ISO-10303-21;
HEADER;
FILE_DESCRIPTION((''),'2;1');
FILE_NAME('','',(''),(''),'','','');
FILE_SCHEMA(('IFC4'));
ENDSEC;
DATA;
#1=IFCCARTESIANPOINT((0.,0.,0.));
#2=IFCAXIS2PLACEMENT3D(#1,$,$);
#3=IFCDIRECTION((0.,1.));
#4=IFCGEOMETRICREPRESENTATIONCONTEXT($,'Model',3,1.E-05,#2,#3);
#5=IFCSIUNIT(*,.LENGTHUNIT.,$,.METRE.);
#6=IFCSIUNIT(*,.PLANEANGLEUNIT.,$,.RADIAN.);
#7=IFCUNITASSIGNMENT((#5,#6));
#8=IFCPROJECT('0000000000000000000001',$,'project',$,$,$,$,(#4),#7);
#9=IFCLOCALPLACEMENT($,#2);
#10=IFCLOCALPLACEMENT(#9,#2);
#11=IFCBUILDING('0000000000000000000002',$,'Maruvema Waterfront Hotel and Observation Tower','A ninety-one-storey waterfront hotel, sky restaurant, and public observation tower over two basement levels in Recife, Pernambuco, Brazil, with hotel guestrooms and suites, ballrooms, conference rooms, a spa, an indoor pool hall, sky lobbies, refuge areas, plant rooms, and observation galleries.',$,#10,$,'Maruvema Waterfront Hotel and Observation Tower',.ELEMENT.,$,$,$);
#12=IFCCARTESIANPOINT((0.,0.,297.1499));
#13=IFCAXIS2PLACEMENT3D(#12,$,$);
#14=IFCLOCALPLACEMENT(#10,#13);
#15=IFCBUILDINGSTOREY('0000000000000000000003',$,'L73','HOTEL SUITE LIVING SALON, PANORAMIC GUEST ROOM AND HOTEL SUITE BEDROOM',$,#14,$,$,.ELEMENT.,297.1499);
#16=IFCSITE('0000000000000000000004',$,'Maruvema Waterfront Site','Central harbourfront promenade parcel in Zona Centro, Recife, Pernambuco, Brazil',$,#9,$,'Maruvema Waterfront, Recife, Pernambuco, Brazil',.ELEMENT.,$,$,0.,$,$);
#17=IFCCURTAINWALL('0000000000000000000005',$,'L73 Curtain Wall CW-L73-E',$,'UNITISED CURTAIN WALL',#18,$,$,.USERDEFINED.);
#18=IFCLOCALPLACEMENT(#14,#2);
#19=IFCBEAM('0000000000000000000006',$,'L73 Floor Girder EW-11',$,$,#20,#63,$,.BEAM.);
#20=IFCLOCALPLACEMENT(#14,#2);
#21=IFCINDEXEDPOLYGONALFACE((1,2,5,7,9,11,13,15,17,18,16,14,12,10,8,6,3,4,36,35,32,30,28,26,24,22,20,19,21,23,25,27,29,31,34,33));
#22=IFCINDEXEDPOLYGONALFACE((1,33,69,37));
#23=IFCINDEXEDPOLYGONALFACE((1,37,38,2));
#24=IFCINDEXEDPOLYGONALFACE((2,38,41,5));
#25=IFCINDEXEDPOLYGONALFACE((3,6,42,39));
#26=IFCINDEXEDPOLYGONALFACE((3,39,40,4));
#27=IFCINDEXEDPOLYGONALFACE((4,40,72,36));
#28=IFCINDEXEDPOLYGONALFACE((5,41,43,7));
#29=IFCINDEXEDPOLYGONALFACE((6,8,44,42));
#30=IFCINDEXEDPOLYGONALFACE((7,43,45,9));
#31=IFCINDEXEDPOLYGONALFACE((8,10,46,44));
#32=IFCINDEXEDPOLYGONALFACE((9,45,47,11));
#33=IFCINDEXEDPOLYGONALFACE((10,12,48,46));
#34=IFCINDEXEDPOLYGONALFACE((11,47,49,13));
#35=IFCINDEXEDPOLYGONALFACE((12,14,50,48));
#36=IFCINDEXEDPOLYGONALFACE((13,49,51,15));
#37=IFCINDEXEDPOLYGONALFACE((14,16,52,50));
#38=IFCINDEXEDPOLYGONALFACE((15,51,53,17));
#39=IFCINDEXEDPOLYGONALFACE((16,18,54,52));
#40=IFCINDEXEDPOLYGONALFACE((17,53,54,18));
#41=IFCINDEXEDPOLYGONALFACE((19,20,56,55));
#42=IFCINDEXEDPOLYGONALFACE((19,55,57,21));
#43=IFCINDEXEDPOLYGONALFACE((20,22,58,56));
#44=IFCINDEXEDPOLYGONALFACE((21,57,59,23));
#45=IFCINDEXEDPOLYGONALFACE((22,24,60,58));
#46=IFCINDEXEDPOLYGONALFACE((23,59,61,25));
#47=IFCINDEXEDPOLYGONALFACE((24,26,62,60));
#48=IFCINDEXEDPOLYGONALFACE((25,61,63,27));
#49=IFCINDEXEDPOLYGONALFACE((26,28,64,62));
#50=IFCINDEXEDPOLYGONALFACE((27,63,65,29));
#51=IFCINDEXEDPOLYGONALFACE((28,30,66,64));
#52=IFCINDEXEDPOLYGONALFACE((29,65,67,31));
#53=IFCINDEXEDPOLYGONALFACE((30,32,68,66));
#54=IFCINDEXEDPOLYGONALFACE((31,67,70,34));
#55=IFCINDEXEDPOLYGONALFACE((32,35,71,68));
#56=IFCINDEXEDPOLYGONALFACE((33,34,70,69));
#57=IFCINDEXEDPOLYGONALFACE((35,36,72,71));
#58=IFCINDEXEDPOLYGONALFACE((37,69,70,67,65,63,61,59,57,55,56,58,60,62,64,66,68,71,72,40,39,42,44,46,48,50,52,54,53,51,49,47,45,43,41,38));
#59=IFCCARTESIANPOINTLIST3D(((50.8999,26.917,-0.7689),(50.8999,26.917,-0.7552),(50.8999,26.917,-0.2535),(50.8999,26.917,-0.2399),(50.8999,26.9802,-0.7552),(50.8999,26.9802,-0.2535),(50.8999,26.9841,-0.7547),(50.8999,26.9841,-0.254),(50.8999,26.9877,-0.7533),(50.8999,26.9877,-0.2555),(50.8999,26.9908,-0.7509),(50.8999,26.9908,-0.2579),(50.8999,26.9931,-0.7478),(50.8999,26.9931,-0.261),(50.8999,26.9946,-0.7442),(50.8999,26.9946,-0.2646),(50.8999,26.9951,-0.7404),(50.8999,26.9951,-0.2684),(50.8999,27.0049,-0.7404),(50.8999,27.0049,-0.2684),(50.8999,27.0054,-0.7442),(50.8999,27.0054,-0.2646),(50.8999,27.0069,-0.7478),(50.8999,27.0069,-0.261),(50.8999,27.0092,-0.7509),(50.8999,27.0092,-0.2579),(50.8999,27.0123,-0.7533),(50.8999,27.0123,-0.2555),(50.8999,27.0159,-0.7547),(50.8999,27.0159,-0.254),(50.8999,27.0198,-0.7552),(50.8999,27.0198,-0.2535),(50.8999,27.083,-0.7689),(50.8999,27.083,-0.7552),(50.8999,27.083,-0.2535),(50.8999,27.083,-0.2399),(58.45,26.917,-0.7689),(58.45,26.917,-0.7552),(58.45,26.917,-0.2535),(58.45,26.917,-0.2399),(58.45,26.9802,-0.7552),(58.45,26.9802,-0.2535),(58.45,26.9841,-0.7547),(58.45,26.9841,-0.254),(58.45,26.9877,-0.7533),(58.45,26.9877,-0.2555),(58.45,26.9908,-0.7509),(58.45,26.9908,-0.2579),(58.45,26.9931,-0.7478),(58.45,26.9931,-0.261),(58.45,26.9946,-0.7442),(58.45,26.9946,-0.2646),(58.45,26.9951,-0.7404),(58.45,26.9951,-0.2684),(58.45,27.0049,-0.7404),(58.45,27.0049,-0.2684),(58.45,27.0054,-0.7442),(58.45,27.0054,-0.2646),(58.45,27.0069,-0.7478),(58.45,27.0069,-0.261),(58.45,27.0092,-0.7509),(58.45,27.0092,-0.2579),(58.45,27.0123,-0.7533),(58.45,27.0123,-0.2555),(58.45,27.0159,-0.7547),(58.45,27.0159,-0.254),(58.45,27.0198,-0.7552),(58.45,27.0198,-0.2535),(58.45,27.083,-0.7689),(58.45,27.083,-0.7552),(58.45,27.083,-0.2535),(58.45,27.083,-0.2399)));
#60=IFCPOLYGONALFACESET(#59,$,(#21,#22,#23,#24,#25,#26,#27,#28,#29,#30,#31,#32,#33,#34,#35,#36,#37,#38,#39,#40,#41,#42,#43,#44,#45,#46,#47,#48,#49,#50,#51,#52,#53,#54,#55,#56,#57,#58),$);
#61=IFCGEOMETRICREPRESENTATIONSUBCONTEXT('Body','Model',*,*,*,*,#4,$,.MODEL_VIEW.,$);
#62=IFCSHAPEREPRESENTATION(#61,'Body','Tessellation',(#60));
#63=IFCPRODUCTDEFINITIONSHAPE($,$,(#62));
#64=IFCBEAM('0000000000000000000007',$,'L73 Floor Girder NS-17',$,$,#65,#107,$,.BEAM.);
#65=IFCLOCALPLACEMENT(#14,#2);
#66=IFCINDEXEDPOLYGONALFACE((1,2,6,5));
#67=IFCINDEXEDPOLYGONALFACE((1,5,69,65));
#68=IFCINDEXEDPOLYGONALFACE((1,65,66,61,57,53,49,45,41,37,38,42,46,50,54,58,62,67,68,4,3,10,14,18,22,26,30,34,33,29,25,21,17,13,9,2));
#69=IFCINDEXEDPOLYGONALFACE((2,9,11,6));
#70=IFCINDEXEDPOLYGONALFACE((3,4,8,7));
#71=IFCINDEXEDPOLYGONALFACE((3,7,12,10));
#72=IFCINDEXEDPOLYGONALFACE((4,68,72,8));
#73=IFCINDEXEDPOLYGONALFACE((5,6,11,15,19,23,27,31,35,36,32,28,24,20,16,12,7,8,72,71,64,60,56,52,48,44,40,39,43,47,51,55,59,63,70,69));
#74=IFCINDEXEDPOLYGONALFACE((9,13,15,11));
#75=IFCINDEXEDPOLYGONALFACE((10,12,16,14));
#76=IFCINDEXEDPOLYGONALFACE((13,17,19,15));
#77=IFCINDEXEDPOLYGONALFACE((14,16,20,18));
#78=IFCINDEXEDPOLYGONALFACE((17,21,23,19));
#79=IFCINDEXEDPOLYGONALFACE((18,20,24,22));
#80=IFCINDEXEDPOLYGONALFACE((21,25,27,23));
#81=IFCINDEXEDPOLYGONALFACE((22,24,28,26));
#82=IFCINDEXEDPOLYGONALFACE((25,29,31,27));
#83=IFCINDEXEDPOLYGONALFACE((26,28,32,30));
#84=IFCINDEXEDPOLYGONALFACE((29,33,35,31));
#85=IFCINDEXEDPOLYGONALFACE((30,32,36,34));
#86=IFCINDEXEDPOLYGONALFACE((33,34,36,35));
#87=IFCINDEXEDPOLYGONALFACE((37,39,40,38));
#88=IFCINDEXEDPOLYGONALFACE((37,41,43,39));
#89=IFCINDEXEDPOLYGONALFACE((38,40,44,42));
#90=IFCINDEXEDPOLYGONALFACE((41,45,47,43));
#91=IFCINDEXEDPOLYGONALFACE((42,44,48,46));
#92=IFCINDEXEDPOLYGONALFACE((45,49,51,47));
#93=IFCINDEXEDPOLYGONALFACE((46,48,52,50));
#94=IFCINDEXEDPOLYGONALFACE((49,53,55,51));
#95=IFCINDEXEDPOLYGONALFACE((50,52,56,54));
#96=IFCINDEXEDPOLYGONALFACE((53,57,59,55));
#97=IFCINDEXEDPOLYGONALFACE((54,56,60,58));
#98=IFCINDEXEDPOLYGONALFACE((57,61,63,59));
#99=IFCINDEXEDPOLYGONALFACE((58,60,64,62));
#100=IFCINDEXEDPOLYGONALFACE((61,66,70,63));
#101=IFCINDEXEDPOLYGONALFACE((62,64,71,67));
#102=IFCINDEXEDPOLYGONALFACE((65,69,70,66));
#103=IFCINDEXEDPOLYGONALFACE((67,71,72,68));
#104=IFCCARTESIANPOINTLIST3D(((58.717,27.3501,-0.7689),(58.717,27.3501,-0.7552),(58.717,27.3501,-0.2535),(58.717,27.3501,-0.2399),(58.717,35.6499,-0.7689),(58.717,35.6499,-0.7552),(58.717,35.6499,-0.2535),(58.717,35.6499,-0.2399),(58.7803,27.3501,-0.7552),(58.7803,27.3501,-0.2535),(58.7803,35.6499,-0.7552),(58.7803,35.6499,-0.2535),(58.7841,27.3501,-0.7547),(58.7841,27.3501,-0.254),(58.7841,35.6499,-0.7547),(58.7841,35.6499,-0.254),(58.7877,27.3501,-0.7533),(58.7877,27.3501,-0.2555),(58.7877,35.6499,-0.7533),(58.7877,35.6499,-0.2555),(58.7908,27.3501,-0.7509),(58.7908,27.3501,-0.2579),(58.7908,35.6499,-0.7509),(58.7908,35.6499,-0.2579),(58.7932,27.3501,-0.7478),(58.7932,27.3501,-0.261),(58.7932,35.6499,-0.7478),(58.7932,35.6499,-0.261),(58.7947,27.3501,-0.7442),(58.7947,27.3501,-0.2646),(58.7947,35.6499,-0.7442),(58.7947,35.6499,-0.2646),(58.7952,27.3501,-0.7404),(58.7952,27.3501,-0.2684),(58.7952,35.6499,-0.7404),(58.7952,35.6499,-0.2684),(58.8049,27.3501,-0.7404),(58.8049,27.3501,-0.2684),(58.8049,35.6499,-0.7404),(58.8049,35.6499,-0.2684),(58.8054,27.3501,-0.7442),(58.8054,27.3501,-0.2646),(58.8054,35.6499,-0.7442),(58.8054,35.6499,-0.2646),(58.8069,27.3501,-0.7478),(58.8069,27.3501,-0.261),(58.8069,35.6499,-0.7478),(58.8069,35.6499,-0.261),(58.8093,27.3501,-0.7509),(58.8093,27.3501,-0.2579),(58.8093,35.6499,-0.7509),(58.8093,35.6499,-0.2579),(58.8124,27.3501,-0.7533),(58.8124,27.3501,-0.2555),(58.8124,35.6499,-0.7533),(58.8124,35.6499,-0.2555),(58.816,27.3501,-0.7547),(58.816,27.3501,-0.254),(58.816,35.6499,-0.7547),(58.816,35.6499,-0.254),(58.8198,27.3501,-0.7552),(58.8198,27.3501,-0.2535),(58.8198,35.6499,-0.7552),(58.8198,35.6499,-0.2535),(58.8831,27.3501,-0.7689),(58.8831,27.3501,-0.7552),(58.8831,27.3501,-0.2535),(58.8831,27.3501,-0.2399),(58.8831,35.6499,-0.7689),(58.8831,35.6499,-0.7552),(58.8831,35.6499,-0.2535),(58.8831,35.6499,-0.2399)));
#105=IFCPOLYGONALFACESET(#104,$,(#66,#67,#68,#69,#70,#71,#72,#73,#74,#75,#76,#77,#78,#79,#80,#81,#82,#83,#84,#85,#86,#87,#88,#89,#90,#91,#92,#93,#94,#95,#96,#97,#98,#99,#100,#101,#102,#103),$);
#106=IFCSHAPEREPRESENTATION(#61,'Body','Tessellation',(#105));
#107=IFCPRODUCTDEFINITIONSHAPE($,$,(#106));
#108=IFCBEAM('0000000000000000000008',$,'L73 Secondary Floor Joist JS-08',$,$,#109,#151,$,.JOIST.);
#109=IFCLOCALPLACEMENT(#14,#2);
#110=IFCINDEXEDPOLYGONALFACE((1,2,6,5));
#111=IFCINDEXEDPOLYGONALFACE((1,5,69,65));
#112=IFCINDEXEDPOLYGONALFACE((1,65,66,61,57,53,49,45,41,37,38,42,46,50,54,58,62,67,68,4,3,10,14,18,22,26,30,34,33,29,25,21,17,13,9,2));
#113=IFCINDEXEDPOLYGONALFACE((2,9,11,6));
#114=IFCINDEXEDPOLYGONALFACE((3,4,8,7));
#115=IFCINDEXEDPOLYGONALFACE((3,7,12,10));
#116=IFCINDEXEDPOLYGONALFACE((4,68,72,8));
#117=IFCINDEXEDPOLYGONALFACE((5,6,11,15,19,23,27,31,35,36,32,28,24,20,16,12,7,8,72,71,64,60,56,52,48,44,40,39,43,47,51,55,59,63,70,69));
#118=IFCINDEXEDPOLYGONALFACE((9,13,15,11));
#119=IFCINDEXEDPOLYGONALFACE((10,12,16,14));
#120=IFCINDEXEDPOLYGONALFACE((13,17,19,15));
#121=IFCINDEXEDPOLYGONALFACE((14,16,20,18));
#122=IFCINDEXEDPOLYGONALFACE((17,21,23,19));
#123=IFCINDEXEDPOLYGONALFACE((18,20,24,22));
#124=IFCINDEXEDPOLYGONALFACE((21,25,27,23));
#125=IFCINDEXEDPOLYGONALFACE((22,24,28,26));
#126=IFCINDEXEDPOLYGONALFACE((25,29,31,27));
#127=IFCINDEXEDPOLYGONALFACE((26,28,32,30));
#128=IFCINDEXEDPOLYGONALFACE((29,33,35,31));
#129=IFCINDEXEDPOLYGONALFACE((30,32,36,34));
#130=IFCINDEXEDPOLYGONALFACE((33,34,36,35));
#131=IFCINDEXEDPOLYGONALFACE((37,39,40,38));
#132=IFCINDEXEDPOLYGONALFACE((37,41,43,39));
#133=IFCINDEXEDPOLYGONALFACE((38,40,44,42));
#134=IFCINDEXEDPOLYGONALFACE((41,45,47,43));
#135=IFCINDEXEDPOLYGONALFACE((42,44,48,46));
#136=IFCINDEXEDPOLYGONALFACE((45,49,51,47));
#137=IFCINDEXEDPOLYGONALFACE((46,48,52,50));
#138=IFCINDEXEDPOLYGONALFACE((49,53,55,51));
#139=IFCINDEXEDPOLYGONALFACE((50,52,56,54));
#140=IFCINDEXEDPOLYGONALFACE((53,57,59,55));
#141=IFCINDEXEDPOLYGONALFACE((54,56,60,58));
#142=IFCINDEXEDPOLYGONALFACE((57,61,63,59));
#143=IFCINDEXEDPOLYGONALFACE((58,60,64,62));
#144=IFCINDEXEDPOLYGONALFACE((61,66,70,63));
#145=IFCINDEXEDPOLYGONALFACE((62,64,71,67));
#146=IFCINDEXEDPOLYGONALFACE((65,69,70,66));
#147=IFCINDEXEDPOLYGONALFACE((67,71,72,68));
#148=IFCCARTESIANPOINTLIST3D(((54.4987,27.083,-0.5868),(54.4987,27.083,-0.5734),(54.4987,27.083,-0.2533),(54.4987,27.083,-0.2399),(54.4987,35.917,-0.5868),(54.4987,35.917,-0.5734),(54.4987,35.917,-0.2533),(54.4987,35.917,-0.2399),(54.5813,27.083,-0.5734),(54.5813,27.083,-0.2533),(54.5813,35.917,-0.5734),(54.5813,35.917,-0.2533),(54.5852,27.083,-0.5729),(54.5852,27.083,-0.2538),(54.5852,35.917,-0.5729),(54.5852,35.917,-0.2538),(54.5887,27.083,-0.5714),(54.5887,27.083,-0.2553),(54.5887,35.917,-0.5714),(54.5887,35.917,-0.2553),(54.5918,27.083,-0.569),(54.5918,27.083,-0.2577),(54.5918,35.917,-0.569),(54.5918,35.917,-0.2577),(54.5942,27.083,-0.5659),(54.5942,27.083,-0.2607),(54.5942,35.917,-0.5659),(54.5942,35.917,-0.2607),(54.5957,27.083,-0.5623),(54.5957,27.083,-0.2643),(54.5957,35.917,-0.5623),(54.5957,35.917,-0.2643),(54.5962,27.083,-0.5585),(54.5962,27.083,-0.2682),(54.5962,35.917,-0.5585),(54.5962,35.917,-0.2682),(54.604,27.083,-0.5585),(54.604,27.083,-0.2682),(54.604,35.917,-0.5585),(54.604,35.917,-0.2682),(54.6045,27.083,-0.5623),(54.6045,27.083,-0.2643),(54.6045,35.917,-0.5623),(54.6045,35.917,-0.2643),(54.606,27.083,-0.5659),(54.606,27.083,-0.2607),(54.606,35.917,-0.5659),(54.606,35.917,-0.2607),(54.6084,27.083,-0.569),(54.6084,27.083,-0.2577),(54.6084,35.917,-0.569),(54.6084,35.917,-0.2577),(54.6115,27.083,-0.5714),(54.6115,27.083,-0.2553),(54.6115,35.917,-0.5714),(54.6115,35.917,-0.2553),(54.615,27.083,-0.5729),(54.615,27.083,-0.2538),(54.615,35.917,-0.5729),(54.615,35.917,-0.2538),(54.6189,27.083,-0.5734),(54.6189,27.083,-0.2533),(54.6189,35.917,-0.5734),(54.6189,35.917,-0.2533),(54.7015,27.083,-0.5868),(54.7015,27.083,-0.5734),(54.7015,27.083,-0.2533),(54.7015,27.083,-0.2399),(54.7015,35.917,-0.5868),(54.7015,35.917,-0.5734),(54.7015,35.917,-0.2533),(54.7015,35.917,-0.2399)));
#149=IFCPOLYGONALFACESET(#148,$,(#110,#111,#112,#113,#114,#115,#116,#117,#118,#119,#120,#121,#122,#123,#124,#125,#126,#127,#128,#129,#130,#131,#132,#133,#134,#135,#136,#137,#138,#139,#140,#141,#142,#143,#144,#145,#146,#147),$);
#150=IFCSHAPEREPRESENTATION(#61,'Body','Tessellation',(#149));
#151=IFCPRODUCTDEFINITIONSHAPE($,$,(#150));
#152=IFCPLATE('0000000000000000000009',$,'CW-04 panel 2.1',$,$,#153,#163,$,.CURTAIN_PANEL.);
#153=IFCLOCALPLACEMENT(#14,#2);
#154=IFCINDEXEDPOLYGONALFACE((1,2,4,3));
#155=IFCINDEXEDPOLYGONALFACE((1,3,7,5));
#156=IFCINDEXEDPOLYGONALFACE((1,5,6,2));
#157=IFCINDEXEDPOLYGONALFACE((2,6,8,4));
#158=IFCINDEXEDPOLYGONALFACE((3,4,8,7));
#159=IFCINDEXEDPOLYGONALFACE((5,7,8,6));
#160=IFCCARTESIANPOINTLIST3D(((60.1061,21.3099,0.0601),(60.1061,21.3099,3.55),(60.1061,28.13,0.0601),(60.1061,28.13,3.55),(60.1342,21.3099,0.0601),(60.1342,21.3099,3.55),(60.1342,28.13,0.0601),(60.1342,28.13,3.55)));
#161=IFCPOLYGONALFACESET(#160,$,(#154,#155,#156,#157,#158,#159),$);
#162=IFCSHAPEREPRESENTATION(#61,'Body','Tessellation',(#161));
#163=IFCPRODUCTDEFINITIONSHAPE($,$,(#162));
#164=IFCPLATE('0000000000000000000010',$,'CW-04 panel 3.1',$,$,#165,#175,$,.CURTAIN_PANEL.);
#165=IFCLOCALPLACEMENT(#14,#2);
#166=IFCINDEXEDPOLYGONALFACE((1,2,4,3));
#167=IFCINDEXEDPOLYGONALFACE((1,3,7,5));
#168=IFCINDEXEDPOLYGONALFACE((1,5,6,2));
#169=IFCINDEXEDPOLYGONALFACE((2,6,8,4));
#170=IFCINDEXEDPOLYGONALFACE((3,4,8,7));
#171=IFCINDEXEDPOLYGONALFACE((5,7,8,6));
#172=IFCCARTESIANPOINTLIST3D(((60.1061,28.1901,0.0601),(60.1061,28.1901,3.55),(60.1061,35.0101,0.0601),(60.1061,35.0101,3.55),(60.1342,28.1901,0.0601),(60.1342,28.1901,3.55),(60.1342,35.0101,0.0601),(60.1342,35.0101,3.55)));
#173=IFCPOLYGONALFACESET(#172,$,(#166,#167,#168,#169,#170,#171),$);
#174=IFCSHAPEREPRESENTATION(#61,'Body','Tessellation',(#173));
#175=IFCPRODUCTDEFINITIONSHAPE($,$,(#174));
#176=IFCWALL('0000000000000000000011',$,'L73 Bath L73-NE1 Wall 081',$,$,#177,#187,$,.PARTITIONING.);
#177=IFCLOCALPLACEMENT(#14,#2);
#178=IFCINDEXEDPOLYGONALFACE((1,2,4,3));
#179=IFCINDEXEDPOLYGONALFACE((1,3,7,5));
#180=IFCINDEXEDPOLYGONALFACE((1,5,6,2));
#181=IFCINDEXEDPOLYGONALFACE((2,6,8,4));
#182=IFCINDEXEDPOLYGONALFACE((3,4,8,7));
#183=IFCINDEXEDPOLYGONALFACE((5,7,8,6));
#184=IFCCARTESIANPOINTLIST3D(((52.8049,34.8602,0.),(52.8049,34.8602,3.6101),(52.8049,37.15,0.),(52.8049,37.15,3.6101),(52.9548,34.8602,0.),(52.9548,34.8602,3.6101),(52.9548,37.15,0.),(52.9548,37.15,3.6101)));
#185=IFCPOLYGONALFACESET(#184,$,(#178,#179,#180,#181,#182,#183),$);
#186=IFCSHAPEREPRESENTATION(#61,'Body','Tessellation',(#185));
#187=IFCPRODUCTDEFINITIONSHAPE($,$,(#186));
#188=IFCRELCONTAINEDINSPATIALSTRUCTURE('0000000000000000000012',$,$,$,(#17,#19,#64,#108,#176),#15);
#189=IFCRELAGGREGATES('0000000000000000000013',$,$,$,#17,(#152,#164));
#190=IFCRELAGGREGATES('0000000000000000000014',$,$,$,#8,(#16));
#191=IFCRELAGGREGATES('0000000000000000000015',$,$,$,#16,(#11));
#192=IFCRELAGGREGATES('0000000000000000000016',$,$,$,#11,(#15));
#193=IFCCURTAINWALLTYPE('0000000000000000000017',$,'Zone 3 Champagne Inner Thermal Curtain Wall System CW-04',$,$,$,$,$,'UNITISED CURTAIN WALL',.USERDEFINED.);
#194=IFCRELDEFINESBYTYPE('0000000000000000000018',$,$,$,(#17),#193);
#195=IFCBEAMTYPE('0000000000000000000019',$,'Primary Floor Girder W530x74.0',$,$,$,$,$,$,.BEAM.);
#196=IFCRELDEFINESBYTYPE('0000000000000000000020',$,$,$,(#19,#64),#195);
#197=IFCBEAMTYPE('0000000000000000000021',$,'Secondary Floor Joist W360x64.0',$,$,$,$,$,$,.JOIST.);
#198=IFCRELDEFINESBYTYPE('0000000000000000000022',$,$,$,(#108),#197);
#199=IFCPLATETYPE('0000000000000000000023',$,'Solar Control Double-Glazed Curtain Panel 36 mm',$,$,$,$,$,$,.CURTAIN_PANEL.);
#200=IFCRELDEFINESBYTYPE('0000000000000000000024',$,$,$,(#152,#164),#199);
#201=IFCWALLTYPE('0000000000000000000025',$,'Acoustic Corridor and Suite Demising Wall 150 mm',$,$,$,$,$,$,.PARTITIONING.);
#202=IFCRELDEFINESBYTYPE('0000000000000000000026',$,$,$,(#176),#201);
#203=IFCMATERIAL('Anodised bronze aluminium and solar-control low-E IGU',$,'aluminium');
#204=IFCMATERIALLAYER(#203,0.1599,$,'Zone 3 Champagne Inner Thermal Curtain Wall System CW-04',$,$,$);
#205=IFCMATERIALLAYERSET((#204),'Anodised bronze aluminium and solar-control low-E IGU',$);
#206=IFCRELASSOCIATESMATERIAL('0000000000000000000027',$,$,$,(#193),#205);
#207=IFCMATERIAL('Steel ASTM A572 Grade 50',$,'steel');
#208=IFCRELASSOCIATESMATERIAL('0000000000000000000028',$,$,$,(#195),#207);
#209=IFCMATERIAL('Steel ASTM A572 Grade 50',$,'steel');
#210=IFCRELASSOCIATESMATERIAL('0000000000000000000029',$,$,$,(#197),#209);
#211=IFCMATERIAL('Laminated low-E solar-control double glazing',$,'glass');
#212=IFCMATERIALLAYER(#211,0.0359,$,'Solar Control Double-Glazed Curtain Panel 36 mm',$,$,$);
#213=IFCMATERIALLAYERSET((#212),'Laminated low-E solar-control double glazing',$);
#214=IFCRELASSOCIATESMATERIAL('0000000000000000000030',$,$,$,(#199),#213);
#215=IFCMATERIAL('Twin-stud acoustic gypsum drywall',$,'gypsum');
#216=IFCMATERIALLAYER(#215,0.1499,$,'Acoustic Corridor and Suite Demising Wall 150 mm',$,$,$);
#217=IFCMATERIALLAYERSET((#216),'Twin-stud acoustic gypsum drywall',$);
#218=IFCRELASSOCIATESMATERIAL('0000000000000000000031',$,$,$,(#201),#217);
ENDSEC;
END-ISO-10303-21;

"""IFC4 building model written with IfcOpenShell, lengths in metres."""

from ifc_helpers import new_model, si_unit, direction, frame, frame_2d, origin, origin_2d, place, context, subcontext, project, spatial, rectangle, i_section, extrude, material, layer, layer_set, material_profile, profile_set, type_object, element, aggregate, save


model = new_model("IFC4")

# Units and contexts
model_context = context("Model", 3, precision=1e-05, world=origin(), true_north=direction((0.0, 1.0)))
body_context = subcontext(model_context, "Body", "Model", "MODEL_VIEW")
ifc_project = project(units=[si_unit("LENGTHUNIT", "METRE"), si_unit("PLANEANGLEUNIT", "RADIAN")], contexts=[model_context])

# Site, building, storey
site_placement = place(None, origin())
site = spatial("IfcSite", under=ifc_project, at=site_placement, Name="Maruvema Waterfront Site", Description="Central harbourfront promenade parcel in Zona Centro, Recife, Pernambuco, Brazil", LongName="Maruvema Waterfront, Recife, Pernambuco, Brazil", CompositionType="ELEMENT", RefElevation=0.0)
building_placement = place(site_placement, origin())
building = spatial("IfcBuilding", under=site, at=building_placement, Name="Maruvema Waterfront Hotel and Observation Tower", Description="A ninety-one-storey waterfront hotel, sky restaurant, and public observation tower over two basement levels in Recife, Pernambuco, Brazil, with hotel guestrooms and suites, ballrooms, conference rooms, a spa, an indoor pool hall, sky lobbies, refuge areas, plant rooms, and observation galleries.", LongName="Maruvema Waterfront Hotel and Observation Tower", CompositionType="ELEMENT")
storey_placement = place(building_placement, frame((0.0, 0.0, 297.1499)))
storey = spatial("IfcBuildingStorey", under=building, at=storey_placement, Name="L73", Description="HOTEL SUITE LIVING SALON, PANORAMIC GUEST ROOM AND HOTEL SUITE BEDROOM", CompositionType="ELEMENT", Elevation=297.1499)

# Curtain wall
ifc_material_1 = material(Name="Anodised bronze aluminium and solar-control low-E IGU", Category="aluminium")
ifc_layer_1 = layer(ifc_material_1, 0.1599, Name="Zone 3 Champagne Inner Thermal Curtain Wall System CW-04")
ifc_layer_set_1 = layer_set([ifc_layer_1], Name="Anodised bronze aluminium and solar-control low-E IGU")
curtain_wall_type = type_object("IfcCurtainWallType", Name="Zone 3 Champagne Inner Thermal Curtain Wall System CW-04", ElementType="UNITISED CURTAIN WALL", PredefinedType="USERDEFINED", material=ifc_layer_set_1)
curtain_wall_placement = place(storey_placement, origin())
curtain_wall = element("IfcCurtainWall", 1, at=curtain_wall_placement, inside=storey, type_object=curtain_wall_type, Name="L73 Curtain Wall CW-L73-E", ObjectType="UNITISED CURTAIN WALL", PredefinedType="USERDEFINED")

# Beams
ifc_material_2 = material(Name="Steel ASTM A572 Grade 50", Category="steel")
ifc_material_profile_1 = material_profile(ifc_material_2, i_section(OverallWidth=0.166, OverallDepth=0.5291, WebThickness=0.0098, FlangeThickness=0.0137, FilletRadius=0.0149, at=origin_2d()), Name="W530x74.0")
ifc_profile_set_1 = profile_set([ifc_material_profile_1], Name="Steel ASTM A572 Grade 50")
beam_type_1 = type_object("IfcBeamType", Name="Primary Floor Girder W530x74.0", PredefinedType="BEAM", material=ifc_profile_set_1)
beam_1_placement = place(storey_placement, frame((50.8999, 27.0, -0.5044), z_axis=(1.0, 0.0, 0.0), x_axis=(0.0, 1.0, 0.0)))
element("IfcBeam", 2, at=beam_1_placement, inside=storey, type_object=beam_type_1, Name="L73 Floor Girder EW-11", PredefinedType="BEAM", context=body_context, shape_type="SweptSolid", body=[
    extrude(i_section(OverallWidth=0.166, OverallDepth=0.5291, WebThickness=0.0098, FlangeThickness=0.0137, FilletRadius=0.0149, at=origin_2d()), origin(), (0.0, 0.0, 1.0), 7.55),
])
beam_2_placement = place(storey_placement, frame((58.8, 27.3501, -0.5044), z_axis=(0.0, 1.0, 0.0), x_axis=(-1.0, 0.0, 0.0)))
element("IfcBeam", 3, at=beam_2_placement, inside=storey, type_object=beam_type_1, Name="L73 Floor Girder NS-17", PredefinedType="BEAM", context=body_context, shape_type="SweptSolid", body=[
    extrude(i_section(OverallWidth=0.166, OverallDepth=0.5291, WebThickness=0.0098, FlangeThickness=0.0137, FilletRadius=0.0149, at=origin_2d()), origin(), (0.0, 0.0, 1.0), 8.2998),
])
ifc_material_3 = material(Name="Steel ASTM A572 Grade 50", Category="steel")
ifc_material_profile_2 = material_profile(ifc_material_3, i_section(OverallWidth=0.2029, OverallDepth=0.3469, WebThickness=0.0078, FlangeThickness=0.0134, FilletRadius=0.0149, at=origin_2d()), Name="W360x64.0")
ifc_profile_set_2 = profile_set([ifc_material_profile_2], Name="Steel ASTM A572 Grade 50")
beam_type_2 = type_object("IfcBeamType", Name="Secondary Floor Joist W360x64.0", PredefinedType="JOIST", material=ifc_profile_set_2)
beam_3_placement = place(storey_placement, frame((54.6001, 27.083, -0.4133), z_axis=(0.0, 1.0, 0.0), x_axis=(-1.0, 0.0, 0.0)))
element("IfcBeam", 4, at=beam_3_placement, inside=storey, type_object=beam_type_2, Name="L73 Secondary Floor Joist JS-08", PredefinedType="JOIST", context=body_context, shape_type="SweptSolid", body=[
    extrude(i_section(OverallWidth=0.2029, OverallDepth=0.3469, WebThickness=0.0078, FlangeThickness=0.0134, FilletRadius=0.0149, at=origin_2d()), origin(), (0.0, 0.0, 1.0), 8.834),
])

# Plates
ifc_material_4 = material(Name="Laminated low-E solar-control double glazing", Category="glass")
ifc_layer_2 = layer(ifc_material_4, 0.0359, Name="Solar Control Double-Glazed Curtain Panel 36 mm")
ifc_layer_set_2 = layer_set([ifc_layer_2], Name="Laminated low-E solar-control double glazing")
plate_type = type_object("IfcPlateType", Name="Solar Control Double-Glazed Curtain Panel 36 mm", PredefinedType="CURTAIN_PANEL", material=ifc_layer_set_2)
plate_1_placement = place(storey_placement, frame((60.1201, 24.72, 0.0601), z_axis=(0.0, 0.0, 1.0), x_axis=(0.0, 1.0, 0.0)))
plate_1 = element("IfcPlate", 5, at=plate_1_placement, type_object=plate_type, Name="CW-04 panel 2.1", PredefinedType="CURTAIN_PANEL", context=body_context, shape_type="SweptSolid", body=[
    extrude(rectangle(XDim=6.8201, YDim=0.0281, at=origin_2d()), origin(), (0.0, 0.0, 1.0), 3.49),
])
plate_2_placement = place(storey_placement, frame((60.1201, 31.6001, 0.0601), z_axis=(0.0, 0.0, 1.0), x_axis=(0.0, 1.0, 0.0)))
plate_2 = element("IfcPlate", 6, at=plate_2_placement, type_object=plate_type, Name="CW-04 panel 3.1", PredefinedType="CURTAIN_PANEL", context=body_context, shape_type="SweptSolid", body=[
    extrude(rectangle(XDim=6.8201, YDim=0.0281, at=origin_2d()), origin(), (0.0, 0.0, 1.0), 3.49),
])
aggregate(curtain_wall, [plate_1, plate_2])

# Wall
ifc_material_5 = material(Name="Twin-stud acoustic gypsum drywall", Category="gypsum")
ifc_layer_3 = layer(ifc_material_5, 0.1499, Name="Acoustic Corridor and Suite Demising Wall 150 mm")
ifc_layer_set_3 = layer_set([ifc_layer_3], Name="Twin-stud acoustic gypsum drywall")
wall_type_1 = type_object("IfcWallType", Name="Acoustic Corridor and Suite Demising Wall 150 mm", PredefinedType="PARTITIONING", material=ifc_layer_set_3)
wall_1_placement = place(storey_placement, frame((52.8799, 34.8601, 0.0), z_axis=(0.0, 0.0, 1.0), x_axis=(0.0, 1.0, 0.0)))
element("IfcWall", 7, at=wall_1_placement, inside=storey, type_object=wall_type_1, Name="L73 Bath L73-NE1 Wall 081", PredefinedType="PARTITIONING", context=body_context, shape_type="SweptSolid", body=[
    extrude(rectangle(XDim=2.2898, YDim=0.1499, at=frame_2d((1.145, 0.0))), origin(), (0.0, 0.0, 1.0), 3.6101),
])

save(model, "model.ifc")
